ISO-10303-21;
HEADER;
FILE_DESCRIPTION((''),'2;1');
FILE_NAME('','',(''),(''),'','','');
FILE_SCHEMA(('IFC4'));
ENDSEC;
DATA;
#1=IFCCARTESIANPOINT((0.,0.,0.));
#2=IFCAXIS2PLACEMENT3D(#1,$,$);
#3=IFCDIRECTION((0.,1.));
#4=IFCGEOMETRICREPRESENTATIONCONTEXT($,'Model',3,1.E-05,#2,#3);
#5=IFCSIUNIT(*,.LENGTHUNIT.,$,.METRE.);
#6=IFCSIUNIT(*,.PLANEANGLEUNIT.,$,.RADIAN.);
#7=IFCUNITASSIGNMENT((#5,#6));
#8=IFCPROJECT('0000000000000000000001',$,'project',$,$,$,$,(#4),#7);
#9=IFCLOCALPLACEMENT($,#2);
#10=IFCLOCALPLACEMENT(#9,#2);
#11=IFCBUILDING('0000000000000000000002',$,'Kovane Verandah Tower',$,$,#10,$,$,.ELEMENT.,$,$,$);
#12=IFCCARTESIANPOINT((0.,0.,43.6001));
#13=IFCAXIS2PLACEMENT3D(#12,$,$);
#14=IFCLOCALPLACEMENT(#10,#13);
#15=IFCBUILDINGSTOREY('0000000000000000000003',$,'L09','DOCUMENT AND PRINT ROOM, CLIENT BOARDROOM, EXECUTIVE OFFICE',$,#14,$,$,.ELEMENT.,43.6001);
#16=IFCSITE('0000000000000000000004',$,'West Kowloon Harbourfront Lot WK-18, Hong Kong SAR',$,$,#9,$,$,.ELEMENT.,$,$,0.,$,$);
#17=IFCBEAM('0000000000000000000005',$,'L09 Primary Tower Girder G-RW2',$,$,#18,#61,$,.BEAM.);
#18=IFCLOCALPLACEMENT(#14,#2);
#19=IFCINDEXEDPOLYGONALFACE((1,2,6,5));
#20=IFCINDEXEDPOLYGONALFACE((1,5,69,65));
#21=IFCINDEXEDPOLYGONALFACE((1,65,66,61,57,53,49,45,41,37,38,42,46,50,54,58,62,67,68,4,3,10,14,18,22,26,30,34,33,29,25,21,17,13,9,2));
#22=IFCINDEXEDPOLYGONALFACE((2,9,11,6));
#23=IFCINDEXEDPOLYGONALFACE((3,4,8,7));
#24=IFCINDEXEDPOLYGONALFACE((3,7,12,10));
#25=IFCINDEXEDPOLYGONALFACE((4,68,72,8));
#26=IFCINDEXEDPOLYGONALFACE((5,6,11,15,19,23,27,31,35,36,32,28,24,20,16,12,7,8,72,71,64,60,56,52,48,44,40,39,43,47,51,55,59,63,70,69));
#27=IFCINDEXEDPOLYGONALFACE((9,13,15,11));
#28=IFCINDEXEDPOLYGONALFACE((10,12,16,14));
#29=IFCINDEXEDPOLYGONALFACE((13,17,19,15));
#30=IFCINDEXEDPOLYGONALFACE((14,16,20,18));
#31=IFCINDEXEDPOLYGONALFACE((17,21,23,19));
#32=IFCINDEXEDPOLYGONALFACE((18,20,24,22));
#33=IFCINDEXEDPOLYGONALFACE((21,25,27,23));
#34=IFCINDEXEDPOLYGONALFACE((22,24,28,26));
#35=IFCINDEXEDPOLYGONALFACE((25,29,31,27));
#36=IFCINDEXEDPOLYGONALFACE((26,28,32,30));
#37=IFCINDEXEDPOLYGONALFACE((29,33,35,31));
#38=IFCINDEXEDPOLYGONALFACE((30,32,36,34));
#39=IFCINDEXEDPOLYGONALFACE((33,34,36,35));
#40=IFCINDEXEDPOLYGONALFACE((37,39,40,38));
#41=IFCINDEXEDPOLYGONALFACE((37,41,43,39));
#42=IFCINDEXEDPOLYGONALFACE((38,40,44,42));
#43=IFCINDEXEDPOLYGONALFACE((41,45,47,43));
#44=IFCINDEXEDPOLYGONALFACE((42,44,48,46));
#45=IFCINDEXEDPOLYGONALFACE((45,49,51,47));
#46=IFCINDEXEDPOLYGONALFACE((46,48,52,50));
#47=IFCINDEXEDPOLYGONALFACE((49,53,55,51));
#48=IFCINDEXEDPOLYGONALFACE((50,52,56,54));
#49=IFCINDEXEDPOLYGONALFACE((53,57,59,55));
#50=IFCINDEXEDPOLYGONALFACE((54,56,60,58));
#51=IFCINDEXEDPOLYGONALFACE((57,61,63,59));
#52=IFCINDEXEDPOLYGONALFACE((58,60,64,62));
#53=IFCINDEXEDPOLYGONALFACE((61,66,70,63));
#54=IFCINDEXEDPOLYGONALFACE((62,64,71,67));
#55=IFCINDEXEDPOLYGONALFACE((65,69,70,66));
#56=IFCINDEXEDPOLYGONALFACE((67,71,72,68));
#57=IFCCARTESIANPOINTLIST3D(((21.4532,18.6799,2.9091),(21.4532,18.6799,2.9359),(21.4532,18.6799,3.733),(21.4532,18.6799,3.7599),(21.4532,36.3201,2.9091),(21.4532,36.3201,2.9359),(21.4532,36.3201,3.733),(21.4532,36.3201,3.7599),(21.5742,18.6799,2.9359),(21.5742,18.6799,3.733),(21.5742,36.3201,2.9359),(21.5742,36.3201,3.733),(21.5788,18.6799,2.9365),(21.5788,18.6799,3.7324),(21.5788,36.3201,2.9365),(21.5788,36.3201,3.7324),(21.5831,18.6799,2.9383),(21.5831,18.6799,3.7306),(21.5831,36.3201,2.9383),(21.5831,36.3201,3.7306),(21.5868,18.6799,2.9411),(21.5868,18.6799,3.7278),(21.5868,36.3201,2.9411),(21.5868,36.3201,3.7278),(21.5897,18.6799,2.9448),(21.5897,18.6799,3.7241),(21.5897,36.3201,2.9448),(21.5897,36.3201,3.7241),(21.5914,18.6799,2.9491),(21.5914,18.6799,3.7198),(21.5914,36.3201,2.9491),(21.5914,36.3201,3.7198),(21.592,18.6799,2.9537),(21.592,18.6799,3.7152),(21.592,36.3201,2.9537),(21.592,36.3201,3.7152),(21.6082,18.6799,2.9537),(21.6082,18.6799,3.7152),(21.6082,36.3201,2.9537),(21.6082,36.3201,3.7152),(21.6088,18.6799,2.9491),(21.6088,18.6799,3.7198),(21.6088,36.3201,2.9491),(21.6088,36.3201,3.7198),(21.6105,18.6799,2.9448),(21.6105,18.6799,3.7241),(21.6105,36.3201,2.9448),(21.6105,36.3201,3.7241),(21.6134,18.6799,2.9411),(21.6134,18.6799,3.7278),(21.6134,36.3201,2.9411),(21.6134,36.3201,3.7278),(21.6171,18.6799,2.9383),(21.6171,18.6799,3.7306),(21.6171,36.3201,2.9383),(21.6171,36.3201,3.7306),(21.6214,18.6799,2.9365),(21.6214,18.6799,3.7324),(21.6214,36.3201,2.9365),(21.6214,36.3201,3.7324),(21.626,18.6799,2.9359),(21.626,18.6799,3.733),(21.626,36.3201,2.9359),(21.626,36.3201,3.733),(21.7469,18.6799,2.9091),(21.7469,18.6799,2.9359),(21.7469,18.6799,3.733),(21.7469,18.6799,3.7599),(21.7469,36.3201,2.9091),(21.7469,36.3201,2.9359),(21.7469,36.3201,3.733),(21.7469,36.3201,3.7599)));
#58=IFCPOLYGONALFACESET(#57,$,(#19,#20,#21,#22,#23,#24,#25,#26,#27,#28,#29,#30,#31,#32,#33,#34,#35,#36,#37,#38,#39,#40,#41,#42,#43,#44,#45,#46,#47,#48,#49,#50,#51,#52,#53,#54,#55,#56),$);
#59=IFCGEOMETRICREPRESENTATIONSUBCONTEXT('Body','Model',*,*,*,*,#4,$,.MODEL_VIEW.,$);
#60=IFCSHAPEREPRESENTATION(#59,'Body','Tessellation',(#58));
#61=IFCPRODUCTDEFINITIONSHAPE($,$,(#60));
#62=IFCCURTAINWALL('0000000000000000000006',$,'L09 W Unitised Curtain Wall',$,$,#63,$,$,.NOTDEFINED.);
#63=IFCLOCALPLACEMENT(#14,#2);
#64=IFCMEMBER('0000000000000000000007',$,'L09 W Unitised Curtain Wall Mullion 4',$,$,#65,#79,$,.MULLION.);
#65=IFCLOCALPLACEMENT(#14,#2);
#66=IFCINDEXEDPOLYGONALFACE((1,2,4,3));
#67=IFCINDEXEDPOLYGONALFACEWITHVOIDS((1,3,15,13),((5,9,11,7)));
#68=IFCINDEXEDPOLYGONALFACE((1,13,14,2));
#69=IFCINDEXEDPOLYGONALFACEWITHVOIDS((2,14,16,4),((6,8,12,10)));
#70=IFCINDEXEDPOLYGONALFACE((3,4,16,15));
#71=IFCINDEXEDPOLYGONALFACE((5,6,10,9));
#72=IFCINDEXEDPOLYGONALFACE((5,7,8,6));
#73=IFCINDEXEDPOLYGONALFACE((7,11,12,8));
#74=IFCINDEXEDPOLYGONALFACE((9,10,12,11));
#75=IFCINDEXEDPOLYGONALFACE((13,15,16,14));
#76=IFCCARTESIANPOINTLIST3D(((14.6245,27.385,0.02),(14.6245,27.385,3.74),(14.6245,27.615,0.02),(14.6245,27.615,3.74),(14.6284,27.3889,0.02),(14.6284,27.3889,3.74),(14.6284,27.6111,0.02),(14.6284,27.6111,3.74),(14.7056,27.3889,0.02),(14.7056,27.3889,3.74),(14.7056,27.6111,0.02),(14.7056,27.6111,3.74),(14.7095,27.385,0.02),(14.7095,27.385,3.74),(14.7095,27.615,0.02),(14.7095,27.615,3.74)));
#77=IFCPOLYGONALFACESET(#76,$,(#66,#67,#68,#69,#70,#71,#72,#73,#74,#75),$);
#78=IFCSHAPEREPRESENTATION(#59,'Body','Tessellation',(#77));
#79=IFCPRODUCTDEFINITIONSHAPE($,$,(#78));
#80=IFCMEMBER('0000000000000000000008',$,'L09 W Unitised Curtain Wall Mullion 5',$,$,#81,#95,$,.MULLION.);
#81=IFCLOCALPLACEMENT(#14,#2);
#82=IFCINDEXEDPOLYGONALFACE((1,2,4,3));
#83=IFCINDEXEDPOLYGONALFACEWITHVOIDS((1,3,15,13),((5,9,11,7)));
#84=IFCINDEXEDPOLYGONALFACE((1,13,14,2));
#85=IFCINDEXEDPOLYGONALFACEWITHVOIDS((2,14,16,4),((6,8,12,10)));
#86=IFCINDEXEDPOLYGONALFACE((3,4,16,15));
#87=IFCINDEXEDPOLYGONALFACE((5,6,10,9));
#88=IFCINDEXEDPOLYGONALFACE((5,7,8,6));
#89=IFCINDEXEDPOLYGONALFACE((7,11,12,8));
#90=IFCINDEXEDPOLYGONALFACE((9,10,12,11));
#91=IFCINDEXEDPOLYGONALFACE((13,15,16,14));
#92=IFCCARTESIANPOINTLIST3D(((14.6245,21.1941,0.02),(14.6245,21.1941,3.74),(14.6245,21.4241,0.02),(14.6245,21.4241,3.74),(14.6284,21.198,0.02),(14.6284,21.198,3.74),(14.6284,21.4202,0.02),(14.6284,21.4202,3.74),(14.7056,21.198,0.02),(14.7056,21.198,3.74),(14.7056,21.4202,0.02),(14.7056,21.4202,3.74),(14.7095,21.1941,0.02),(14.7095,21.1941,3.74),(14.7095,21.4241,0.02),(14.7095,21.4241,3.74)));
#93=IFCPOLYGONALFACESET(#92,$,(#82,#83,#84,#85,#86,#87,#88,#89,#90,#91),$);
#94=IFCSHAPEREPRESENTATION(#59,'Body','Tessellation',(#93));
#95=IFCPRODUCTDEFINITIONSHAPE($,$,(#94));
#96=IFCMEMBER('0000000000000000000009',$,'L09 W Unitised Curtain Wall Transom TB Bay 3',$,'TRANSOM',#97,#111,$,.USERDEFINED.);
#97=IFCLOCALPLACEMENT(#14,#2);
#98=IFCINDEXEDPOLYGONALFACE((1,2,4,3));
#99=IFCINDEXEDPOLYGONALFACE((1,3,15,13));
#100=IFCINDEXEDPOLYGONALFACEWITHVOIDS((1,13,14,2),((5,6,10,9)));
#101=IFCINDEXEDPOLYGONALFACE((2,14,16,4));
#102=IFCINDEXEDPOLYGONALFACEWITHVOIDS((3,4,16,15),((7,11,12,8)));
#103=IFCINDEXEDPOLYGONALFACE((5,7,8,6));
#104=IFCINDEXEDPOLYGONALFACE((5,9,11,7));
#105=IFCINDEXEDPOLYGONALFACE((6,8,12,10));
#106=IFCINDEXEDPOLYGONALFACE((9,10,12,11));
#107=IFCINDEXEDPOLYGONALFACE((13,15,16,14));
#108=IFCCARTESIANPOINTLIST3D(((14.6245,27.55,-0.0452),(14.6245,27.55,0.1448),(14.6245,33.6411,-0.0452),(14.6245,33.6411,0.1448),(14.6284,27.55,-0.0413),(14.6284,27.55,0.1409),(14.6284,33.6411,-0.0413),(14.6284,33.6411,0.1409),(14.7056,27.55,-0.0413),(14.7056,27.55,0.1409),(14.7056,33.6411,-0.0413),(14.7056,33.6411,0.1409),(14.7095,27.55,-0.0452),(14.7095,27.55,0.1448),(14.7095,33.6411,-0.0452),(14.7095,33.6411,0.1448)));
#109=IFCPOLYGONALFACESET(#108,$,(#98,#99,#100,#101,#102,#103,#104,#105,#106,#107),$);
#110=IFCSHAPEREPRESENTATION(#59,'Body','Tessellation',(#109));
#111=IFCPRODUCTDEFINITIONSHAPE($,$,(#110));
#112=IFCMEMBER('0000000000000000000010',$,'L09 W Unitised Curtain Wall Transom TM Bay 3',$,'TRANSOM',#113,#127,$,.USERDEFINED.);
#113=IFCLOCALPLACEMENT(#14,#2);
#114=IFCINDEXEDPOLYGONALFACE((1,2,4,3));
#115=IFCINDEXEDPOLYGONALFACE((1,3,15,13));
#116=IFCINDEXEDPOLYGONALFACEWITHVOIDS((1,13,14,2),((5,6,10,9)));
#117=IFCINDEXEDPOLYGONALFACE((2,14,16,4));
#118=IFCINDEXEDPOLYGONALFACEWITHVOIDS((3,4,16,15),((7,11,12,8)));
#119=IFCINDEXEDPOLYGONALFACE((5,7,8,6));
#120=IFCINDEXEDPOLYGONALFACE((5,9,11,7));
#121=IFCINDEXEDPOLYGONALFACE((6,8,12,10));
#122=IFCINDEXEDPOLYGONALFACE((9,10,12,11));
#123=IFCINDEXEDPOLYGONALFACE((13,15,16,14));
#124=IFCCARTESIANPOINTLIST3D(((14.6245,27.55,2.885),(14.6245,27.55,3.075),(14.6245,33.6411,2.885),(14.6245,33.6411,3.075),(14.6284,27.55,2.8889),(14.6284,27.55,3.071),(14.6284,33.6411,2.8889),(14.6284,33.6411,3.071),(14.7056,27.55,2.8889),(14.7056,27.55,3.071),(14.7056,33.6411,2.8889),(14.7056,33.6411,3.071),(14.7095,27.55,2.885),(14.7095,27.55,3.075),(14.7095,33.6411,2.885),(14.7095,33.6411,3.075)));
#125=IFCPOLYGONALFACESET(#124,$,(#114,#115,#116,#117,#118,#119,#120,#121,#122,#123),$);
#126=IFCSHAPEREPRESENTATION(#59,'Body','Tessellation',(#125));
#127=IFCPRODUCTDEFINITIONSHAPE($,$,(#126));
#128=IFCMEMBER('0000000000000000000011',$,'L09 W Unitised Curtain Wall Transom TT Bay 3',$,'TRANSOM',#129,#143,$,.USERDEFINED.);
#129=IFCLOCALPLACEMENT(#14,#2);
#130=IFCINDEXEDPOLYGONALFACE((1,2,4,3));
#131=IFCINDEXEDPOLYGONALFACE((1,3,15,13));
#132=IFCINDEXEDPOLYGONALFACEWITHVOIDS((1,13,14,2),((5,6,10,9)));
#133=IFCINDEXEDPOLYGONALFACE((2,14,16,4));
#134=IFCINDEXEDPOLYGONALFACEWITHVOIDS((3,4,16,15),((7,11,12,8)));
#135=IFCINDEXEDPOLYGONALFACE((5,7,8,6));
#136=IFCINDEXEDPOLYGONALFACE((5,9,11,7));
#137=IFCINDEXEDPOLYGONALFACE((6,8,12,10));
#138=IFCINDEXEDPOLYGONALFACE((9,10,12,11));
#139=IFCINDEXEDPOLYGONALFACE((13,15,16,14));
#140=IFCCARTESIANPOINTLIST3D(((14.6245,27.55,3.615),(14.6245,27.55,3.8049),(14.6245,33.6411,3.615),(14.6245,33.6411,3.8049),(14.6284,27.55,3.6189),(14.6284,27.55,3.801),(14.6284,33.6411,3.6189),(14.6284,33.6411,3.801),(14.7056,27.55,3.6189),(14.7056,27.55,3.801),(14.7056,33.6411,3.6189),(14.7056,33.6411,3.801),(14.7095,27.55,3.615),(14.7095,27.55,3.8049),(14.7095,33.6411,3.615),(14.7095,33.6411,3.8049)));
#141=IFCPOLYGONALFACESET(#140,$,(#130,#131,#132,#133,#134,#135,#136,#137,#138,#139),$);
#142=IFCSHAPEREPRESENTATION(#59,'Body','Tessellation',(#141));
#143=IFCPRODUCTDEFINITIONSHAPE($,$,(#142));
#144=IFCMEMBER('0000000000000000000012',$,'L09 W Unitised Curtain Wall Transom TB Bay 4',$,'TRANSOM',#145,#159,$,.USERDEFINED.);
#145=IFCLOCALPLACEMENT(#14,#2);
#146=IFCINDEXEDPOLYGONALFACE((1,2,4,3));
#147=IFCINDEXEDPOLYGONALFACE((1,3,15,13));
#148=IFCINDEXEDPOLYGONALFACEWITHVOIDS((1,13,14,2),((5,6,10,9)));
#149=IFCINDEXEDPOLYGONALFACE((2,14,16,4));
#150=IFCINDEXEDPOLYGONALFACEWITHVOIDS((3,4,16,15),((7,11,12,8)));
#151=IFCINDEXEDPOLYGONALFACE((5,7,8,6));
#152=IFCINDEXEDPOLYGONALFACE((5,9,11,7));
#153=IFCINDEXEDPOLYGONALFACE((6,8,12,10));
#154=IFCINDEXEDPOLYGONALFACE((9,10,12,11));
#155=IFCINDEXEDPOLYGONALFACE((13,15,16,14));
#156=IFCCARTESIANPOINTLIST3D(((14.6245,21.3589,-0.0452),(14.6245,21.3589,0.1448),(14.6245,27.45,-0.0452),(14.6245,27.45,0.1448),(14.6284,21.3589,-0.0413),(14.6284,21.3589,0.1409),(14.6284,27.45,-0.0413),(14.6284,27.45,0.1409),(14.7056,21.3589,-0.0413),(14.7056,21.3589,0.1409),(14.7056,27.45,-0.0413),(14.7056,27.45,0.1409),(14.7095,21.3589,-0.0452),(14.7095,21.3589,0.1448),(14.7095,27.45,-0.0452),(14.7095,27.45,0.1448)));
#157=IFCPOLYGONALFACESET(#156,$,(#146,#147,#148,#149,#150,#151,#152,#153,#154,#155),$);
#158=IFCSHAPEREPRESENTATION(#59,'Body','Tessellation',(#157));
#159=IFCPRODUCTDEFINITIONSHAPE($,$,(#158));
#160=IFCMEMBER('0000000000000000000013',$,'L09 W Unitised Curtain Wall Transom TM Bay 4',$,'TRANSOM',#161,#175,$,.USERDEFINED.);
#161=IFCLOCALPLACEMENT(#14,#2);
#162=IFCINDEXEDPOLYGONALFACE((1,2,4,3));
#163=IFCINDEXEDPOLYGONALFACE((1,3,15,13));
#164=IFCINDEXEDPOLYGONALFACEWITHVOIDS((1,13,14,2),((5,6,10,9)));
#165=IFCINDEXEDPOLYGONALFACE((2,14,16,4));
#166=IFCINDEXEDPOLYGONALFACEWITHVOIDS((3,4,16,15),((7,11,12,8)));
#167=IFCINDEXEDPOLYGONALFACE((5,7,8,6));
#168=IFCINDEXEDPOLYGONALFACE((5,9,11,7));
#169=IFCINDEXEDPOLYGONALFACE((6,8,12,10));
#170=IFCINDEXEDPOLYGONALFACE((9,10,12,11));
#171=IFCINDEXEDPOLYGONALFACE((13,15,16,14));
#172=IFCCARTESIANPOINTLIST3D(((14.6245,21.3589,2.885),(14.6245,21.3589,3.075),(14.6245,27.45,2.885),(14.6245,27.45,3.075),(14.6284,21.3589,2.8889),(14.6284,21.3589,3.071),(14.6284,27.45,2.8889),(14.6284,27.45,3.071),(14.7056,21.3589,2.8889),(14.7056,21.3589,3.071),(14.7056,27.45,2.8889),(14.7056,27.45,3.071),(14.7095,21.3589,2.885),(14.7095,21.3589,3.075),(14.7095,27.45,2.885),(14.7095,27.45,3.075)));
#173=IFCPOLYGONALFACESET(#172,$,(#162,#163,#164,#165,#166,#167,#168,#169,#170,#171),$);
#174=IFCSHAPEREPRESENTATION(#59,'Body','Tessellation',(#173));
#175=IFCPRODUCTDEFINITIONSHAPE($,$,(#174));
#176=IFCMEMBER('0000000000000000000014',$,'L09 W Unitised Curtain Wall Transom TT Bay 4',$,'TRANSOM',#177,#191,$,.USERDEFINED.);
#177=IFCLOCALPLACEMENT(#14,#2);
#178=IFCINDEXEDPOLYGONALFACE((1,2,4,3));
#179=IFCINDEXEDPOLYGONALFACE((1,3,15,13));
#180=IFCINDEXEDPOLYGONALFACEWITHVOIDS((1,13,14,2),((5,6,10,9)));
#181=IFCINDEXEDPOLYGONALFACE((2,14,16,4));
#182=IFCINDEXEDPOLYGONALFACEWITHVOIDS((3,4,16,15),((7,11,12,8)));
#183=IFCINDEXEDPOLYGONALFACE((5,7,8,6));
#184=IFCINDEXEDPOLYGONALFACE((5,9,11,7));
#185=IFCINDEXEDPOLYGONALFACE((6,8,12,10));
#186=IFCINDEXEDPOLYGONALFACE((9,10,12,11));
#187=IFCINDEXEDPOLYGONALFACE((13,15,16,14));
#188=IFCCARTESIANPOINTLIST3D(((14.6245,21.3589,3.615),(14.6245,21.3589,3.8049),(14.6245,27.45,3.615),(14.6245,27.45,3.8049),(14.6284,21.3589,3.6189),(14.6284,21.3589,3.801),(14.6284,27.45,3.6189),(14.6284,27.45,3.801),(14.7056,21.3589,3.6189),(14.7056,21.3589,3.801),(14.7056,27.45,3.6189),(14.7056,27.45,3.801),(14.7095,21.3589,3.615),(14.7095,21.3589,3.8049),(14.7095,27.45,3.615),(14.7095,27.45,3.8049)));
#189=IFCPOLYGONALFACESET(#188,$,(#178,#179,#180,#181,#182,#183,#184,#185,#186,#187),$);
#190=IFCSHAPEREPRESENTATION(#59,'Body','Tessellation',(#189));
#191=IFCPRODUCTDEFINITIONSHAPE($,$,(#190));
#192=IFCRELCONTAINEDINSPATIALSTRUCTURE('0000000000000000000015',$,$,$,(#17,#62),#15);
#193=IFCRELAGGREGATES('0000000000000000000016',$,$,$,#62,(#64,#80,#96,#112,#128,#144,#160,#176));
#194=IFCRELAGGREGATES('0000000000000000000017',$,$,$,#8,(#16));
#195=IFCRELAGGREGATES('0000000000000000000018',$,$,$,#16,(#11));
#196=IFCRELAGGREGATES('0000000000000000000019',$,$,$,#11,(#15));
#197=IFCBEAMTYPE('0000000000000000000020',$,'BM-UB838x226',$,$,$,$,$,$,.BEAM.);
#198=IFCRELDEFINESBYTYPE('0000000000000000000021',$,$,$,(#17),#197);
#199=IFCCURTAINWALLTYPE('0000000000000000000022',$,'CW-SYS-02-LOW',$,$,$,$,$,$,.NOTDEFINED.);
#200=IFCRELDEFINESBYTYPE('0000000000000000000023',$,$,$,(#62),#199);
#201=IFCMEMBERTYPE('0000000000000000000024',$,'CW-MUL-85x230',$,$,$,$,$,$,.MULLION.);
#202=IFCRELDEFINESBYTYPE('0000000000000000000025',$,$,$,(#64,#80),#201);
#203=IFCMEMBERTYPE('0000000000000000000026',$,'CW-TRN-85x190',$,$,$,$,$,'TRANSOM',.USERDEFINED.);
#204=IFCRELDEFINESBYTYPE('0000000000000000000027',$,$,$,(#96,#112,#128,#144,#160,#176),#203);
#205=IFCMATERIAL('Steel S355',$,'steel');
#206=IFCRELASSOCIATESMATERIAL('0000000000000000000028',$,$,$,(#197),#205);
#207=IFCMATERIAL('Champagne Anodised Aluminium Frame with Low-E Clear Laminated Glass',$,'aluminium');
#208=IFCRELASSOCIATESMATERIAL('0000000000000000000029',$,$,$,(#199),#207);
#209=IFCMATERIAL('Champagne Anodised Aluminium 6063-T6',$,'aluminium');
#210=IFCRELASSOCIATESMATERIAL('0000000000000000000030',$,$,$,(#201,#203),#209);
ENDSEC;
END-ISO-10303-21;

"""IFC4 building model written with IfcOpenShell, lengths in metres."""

from ifc_helpers import new_model, si_unit, direction, frame, origin, origin_2d, place, context, subcontext, project, spatial, hollow_rectangle, i_section, extrude, material, material_profile, profile_set, type_object, element, aggregate, save


model = new_model("IFC4")

# Units and contexts
model_context = context("Model", 3, precision=1e-05, world=origin(), true_north=direction((0.0, 1.0)))
body_context = subcontext(model_context, "Body", "Model", "MODEL_VIEW")
ifc_project = project(units=[si_unit("LENGTHUNIT", "METRE"), si_unit("PLANEANGLEUNIT", "RADIAN")], contexts=[model_context])

# Site, building, storey
site_placement = place(None, origin())
site = spatial("IfcSite", under=ifc_project, at=site_placement, Name="West Kowloon Harbourfront Lot WK-18, Hong Kong SAR", CompositionType="ELEMENT", RefElevation=0.0)
building_placement = place(site_placement, origin())
building = spatial("IfcBuilding", under=site, at=building_placement, Name="Kovane Verandah Tower", CompositionType="ELEMENT")
storey_placement = place(building_placement, frame((0.0, 0.0, 43.6001)))
storey = spatial("IfcBuildingStorey", under=building, at=storey_placement, Name="L09", Description="DOCUMENT AND PRINT ROOM, CLIENT BOARDROOM, EXECUTIVE OFFICE", CompositionType="ELEMENT", Elevation=43.6001)

# Beam
ifc_material_1 = material(Name="Steel S355", Category="steel")
ifc_material_profile_1 = material_profile(ifc_material_1, i_section(OverallWidth=0.2937, OverallDepth=0.8508, WebThickness=0.0161, FlangeThickness=0.0269, FilletRadius=0.0178, at=origin_2d()), Name="UB838x292x226")
ifc_profile_set_1 = profile_set([ifc_material_profile_1], Name="Steel S355")
beam_type_1 = type_object("IfcBeamType", Name="BM-UB838x226", PredefinedType="BEAM", material=ifc_profile_set_1)
beam_1_placement = place(storey_placement, frame((21.6001, 18.6799, 3.3345), z_axis=(0.0, 1.0, 0.0), x_axis=(-1.0, 0.0, 0.0)))
element("IfcBeam", 1, at=beam_1_placement, inside=storey, type_object=beam_type_1, Name="L09 Primary Tower Girder G-RW2", PredefinedType="BEAM", context=body_context, shape_type="SweptSolid", body=[
    extrude(i_section(OverallWidth=0.2937, OverallDepth=0.8508, WebThickness=0.0161, FlangeThickness=0.0269, FilletRadius=0.0178, at=origin_2d()), origin(), (0.0, 0.0, 1.0), 17.6401),
])

# Curtain wall, members
ifc_material_2 = material(Name="Champagne Anodised Aluminium Frame with Low-E Clear Laminated Glass", Category="aluminium")
curtain_wall_type = type_object("IfcCurtainWallType", Name="CW-SYS-02-LOW", PredefinedType="NOTDEFINED", material=ifc_material_2)
curtain_wall_placement = place(storey_placement, origin())
curtain_wall = element("IfcCurtainWall", 2, at=curtain_wall_placement, inside=storey, type_object=curtain_wall_type, Name="L09 W Unitised Curtain Wall", PredefinedType="NOTDEFINED")
ifc_material_3 = material(Name="Champagne Anodised Aluminium 6063-T6", Category="aluminium")
ifc_material_profile_2 = material_profile(ifc_material_3, hollow_rectangle(XDim=0.085, YDim=0.23, WallThickness=0.0039, at=origin_2d()), Name="AL85x230x4")
ifc_profile_set_2 = profile_set([ifc_material_profile_2], Name="Champagne Anodised Aluminium 6063-T6")
member_type_1 = type_object("IfcMemberType", Name="CW-MUL-85x230", PredefinedType="MULLION", material=ifc_profile_set_2)
member_1_placement = place(storey_placement, frame((14.667, 27.5, 0.02), z_axis=(0.0, 0.0, 1.0), x_axis=(-1.0, 0.0, 0.0)))
member_1 = element("IfcMember", 3, at=member_1_placement, type_object=member_type_1, Name="L09 W Unitised Curtain Wall Mullion 4", PredefinedType="MULLION", context=body_context, shape_type="SweptSolid", body=[
    extrude(hollow_rectangle(XDim=0.085, YDim=0.23, WallThickness=0.0039, at=origin_2d()), origin(), (0.0, 0.0, 1.0), 3.72),
])
member_2_placement = place(storey_placement, frame((14.667, 21.3091, 0.02), z_axis=(0.0, 0.0, 1.0), x_axis=(-1.0, 0.0, 0.0)))
member_2 = element("IfcMember", 4, at=member_2_placement, type_object=member_type_1, Name="L09 W Unitised Curtain Wall Mullion 5", PredefinedType="MULLION", context=body_context, shape_type="SweptSolid", body=[
    extrude(hollow_rectangle(XDim=0.085, YDim=0.23, WallThickness=0.0039, at=origin_2d()), origin(), (0.0, 0.0, 1.0), 3.72),
])
ifc_material_profile_3 = material_profile(ifc_material_3, hollow_rectangle(XDim=0.085, YDim=0.1899, WallThickness=0.0039, at=origin_2d()), Name="AL85x190x4")
ifc_profile_set_3 = profile_set([ifc_material_profile_3], Name="Champagne Anodised Aluminium 6063-T6")
member_type_2 = type_object("IfcMemberType", Name="CW-TRN-85x190", ElementType="TRANSOM", PredefinedType="USERDEFINED", material=ifc_profile_set_3)
member_3_placement = place(storey_placement, frame((14.667, 33.6411, 0.0498), z_axis=(0.0, -1.0, 0.0), x_axis=(1.0, 0.0, 0.0)))
member_3 = element("IfcMember", 5, at=member_3_placement, type_object=member_type_2, Name="L09 W Unitised Curtain Wall Transom TB Bay 3", ObjectType="TRANSOM", PredefinedType="USERDEFINED", context=body_context, shape_type="SweptSolid", body=[
    extrude(hollow_rectangle(XDim=0.085, YDim=0.1899, WallThickness=0.0039, at=origin_2d()), origin(), (0.0, 0.0, 1.0), 6.0911),
])
member_4_placement = place(storey_placement, frame((14.667, 33.6411, 2.98), z_axis=(0.0, -1.0, 0.0), x_axis=(1.0, 0.0, 0.0)))
member_4 = element("IfcMember", 6, at=member_4_placement, type_object=member_type_2, Name="L09 W Unitised Curtain Wall Transom TM Bay 3", ObjectType="TRANSOM", PredefinedType="USERDEFINED", context=body_context, shape_type="SweptSolid", body=[
    extrude(hollow_rectangle(XDim=0.085, YDim=0.1899, WallThickness=0.0039, at=origin_2d()), origin(), (0.0, 0.0, 1.0), 6.0911),
])
member_5_placement = place(storey_placement, frame((14.667, 33.6411, 3.71), z_axis=(0.0, -1.0, 0.0), x_axis=(1.0, 0.0, 0.0)))
member_5 = element("IfcMember", 7, at=member_5_placement, type_object=member_type_2, Name="L09 W Unitised Curtain Wall Transom TT Bay 3", ObjectType="TRANSOM", PredefinedType="USERDEFINED", context=body_context, shape_type="SweptSolid", body=[
    extrude(hollow_rectangle(XDim=0.085, YDim=0.1899, WallThickness=0.0039, at=origin_2d()), origin(), (0.0, 0.0, 1.0), 6.0911),
])
member_6_placement = place(storey_placement, frame((14.667, 27.45, 0.0498), z_axis=(0.0, -1.0, 0.0), x_axis=(1.0, 0.0, 0.0)))
member_6 = element("IfcMember", 8, at=member_6_placement, type_object=member_type_2, Name="L09 W Unitised Curtain Wall Transom TB Bay 4", ObjectType="TRANSOM", PredefinedType="USERDEFINED", context=body_context, shape_type="SweptSolid", body=[
    extrude(hollow_rectangle(XDim=0.085, YDim=0.1899, WallThickness=0.0039, at=origin_2d()), origin(), (0.0, 0.0, 1.0), 6.0911),
])
member_7_placement = place(storey_placement, frame((14.667, 27.45, 2.98), z_axis=(0.0, -1.0, 0.0), x_axis=(1.0, 0.0, 0.0)))
member_7 = element("IfcMember", 9, at=member_7_placement, type_object=member_type_2, Name="L09 W Unitised Curtain Wall Transom TM Bay 4", ObjectType="TRANSOM", PredefinedType="USERDEFINED", context=body_context, shape_type="SweptSolid", body=[
    extrude(hollow_rectangle(XDim=0.085, YDim=0.1899, WallThickness=0.0039, at=origin_2d()), origin(), (0.0, 0.0, 1.0), 6.0911),
])
member_8_placement = place(storey_placement, frame((14.667, 27.45, 3.71), z_axis=(0.0, -1.0, 0.0), x_axis=(1.0, 0.0, 0.0)))
member_8 = element("IfcMember", 10, at=member_8_placement, type_object=member_type_2, Name="L09 W Unitised Curtain Wall Transom TT Bay 4", ObjectType="TRANSOM", PredefinedType="USERDEFINED", context=body_context, shape_type="SweptSolid", body=[
    extrude(hollow_rectangle(XDim=0.085, YDim=0.1899, WallThickness=0.0039, at=origin_2d()), origin(), (0.0, 0.0, 1.0), 6.0911),
])

aggregate(curtain_wall, [member_1, member_2, member_3, member_4, member_5, member_6, member_7, member_8])

save(model, "model.ifc")
